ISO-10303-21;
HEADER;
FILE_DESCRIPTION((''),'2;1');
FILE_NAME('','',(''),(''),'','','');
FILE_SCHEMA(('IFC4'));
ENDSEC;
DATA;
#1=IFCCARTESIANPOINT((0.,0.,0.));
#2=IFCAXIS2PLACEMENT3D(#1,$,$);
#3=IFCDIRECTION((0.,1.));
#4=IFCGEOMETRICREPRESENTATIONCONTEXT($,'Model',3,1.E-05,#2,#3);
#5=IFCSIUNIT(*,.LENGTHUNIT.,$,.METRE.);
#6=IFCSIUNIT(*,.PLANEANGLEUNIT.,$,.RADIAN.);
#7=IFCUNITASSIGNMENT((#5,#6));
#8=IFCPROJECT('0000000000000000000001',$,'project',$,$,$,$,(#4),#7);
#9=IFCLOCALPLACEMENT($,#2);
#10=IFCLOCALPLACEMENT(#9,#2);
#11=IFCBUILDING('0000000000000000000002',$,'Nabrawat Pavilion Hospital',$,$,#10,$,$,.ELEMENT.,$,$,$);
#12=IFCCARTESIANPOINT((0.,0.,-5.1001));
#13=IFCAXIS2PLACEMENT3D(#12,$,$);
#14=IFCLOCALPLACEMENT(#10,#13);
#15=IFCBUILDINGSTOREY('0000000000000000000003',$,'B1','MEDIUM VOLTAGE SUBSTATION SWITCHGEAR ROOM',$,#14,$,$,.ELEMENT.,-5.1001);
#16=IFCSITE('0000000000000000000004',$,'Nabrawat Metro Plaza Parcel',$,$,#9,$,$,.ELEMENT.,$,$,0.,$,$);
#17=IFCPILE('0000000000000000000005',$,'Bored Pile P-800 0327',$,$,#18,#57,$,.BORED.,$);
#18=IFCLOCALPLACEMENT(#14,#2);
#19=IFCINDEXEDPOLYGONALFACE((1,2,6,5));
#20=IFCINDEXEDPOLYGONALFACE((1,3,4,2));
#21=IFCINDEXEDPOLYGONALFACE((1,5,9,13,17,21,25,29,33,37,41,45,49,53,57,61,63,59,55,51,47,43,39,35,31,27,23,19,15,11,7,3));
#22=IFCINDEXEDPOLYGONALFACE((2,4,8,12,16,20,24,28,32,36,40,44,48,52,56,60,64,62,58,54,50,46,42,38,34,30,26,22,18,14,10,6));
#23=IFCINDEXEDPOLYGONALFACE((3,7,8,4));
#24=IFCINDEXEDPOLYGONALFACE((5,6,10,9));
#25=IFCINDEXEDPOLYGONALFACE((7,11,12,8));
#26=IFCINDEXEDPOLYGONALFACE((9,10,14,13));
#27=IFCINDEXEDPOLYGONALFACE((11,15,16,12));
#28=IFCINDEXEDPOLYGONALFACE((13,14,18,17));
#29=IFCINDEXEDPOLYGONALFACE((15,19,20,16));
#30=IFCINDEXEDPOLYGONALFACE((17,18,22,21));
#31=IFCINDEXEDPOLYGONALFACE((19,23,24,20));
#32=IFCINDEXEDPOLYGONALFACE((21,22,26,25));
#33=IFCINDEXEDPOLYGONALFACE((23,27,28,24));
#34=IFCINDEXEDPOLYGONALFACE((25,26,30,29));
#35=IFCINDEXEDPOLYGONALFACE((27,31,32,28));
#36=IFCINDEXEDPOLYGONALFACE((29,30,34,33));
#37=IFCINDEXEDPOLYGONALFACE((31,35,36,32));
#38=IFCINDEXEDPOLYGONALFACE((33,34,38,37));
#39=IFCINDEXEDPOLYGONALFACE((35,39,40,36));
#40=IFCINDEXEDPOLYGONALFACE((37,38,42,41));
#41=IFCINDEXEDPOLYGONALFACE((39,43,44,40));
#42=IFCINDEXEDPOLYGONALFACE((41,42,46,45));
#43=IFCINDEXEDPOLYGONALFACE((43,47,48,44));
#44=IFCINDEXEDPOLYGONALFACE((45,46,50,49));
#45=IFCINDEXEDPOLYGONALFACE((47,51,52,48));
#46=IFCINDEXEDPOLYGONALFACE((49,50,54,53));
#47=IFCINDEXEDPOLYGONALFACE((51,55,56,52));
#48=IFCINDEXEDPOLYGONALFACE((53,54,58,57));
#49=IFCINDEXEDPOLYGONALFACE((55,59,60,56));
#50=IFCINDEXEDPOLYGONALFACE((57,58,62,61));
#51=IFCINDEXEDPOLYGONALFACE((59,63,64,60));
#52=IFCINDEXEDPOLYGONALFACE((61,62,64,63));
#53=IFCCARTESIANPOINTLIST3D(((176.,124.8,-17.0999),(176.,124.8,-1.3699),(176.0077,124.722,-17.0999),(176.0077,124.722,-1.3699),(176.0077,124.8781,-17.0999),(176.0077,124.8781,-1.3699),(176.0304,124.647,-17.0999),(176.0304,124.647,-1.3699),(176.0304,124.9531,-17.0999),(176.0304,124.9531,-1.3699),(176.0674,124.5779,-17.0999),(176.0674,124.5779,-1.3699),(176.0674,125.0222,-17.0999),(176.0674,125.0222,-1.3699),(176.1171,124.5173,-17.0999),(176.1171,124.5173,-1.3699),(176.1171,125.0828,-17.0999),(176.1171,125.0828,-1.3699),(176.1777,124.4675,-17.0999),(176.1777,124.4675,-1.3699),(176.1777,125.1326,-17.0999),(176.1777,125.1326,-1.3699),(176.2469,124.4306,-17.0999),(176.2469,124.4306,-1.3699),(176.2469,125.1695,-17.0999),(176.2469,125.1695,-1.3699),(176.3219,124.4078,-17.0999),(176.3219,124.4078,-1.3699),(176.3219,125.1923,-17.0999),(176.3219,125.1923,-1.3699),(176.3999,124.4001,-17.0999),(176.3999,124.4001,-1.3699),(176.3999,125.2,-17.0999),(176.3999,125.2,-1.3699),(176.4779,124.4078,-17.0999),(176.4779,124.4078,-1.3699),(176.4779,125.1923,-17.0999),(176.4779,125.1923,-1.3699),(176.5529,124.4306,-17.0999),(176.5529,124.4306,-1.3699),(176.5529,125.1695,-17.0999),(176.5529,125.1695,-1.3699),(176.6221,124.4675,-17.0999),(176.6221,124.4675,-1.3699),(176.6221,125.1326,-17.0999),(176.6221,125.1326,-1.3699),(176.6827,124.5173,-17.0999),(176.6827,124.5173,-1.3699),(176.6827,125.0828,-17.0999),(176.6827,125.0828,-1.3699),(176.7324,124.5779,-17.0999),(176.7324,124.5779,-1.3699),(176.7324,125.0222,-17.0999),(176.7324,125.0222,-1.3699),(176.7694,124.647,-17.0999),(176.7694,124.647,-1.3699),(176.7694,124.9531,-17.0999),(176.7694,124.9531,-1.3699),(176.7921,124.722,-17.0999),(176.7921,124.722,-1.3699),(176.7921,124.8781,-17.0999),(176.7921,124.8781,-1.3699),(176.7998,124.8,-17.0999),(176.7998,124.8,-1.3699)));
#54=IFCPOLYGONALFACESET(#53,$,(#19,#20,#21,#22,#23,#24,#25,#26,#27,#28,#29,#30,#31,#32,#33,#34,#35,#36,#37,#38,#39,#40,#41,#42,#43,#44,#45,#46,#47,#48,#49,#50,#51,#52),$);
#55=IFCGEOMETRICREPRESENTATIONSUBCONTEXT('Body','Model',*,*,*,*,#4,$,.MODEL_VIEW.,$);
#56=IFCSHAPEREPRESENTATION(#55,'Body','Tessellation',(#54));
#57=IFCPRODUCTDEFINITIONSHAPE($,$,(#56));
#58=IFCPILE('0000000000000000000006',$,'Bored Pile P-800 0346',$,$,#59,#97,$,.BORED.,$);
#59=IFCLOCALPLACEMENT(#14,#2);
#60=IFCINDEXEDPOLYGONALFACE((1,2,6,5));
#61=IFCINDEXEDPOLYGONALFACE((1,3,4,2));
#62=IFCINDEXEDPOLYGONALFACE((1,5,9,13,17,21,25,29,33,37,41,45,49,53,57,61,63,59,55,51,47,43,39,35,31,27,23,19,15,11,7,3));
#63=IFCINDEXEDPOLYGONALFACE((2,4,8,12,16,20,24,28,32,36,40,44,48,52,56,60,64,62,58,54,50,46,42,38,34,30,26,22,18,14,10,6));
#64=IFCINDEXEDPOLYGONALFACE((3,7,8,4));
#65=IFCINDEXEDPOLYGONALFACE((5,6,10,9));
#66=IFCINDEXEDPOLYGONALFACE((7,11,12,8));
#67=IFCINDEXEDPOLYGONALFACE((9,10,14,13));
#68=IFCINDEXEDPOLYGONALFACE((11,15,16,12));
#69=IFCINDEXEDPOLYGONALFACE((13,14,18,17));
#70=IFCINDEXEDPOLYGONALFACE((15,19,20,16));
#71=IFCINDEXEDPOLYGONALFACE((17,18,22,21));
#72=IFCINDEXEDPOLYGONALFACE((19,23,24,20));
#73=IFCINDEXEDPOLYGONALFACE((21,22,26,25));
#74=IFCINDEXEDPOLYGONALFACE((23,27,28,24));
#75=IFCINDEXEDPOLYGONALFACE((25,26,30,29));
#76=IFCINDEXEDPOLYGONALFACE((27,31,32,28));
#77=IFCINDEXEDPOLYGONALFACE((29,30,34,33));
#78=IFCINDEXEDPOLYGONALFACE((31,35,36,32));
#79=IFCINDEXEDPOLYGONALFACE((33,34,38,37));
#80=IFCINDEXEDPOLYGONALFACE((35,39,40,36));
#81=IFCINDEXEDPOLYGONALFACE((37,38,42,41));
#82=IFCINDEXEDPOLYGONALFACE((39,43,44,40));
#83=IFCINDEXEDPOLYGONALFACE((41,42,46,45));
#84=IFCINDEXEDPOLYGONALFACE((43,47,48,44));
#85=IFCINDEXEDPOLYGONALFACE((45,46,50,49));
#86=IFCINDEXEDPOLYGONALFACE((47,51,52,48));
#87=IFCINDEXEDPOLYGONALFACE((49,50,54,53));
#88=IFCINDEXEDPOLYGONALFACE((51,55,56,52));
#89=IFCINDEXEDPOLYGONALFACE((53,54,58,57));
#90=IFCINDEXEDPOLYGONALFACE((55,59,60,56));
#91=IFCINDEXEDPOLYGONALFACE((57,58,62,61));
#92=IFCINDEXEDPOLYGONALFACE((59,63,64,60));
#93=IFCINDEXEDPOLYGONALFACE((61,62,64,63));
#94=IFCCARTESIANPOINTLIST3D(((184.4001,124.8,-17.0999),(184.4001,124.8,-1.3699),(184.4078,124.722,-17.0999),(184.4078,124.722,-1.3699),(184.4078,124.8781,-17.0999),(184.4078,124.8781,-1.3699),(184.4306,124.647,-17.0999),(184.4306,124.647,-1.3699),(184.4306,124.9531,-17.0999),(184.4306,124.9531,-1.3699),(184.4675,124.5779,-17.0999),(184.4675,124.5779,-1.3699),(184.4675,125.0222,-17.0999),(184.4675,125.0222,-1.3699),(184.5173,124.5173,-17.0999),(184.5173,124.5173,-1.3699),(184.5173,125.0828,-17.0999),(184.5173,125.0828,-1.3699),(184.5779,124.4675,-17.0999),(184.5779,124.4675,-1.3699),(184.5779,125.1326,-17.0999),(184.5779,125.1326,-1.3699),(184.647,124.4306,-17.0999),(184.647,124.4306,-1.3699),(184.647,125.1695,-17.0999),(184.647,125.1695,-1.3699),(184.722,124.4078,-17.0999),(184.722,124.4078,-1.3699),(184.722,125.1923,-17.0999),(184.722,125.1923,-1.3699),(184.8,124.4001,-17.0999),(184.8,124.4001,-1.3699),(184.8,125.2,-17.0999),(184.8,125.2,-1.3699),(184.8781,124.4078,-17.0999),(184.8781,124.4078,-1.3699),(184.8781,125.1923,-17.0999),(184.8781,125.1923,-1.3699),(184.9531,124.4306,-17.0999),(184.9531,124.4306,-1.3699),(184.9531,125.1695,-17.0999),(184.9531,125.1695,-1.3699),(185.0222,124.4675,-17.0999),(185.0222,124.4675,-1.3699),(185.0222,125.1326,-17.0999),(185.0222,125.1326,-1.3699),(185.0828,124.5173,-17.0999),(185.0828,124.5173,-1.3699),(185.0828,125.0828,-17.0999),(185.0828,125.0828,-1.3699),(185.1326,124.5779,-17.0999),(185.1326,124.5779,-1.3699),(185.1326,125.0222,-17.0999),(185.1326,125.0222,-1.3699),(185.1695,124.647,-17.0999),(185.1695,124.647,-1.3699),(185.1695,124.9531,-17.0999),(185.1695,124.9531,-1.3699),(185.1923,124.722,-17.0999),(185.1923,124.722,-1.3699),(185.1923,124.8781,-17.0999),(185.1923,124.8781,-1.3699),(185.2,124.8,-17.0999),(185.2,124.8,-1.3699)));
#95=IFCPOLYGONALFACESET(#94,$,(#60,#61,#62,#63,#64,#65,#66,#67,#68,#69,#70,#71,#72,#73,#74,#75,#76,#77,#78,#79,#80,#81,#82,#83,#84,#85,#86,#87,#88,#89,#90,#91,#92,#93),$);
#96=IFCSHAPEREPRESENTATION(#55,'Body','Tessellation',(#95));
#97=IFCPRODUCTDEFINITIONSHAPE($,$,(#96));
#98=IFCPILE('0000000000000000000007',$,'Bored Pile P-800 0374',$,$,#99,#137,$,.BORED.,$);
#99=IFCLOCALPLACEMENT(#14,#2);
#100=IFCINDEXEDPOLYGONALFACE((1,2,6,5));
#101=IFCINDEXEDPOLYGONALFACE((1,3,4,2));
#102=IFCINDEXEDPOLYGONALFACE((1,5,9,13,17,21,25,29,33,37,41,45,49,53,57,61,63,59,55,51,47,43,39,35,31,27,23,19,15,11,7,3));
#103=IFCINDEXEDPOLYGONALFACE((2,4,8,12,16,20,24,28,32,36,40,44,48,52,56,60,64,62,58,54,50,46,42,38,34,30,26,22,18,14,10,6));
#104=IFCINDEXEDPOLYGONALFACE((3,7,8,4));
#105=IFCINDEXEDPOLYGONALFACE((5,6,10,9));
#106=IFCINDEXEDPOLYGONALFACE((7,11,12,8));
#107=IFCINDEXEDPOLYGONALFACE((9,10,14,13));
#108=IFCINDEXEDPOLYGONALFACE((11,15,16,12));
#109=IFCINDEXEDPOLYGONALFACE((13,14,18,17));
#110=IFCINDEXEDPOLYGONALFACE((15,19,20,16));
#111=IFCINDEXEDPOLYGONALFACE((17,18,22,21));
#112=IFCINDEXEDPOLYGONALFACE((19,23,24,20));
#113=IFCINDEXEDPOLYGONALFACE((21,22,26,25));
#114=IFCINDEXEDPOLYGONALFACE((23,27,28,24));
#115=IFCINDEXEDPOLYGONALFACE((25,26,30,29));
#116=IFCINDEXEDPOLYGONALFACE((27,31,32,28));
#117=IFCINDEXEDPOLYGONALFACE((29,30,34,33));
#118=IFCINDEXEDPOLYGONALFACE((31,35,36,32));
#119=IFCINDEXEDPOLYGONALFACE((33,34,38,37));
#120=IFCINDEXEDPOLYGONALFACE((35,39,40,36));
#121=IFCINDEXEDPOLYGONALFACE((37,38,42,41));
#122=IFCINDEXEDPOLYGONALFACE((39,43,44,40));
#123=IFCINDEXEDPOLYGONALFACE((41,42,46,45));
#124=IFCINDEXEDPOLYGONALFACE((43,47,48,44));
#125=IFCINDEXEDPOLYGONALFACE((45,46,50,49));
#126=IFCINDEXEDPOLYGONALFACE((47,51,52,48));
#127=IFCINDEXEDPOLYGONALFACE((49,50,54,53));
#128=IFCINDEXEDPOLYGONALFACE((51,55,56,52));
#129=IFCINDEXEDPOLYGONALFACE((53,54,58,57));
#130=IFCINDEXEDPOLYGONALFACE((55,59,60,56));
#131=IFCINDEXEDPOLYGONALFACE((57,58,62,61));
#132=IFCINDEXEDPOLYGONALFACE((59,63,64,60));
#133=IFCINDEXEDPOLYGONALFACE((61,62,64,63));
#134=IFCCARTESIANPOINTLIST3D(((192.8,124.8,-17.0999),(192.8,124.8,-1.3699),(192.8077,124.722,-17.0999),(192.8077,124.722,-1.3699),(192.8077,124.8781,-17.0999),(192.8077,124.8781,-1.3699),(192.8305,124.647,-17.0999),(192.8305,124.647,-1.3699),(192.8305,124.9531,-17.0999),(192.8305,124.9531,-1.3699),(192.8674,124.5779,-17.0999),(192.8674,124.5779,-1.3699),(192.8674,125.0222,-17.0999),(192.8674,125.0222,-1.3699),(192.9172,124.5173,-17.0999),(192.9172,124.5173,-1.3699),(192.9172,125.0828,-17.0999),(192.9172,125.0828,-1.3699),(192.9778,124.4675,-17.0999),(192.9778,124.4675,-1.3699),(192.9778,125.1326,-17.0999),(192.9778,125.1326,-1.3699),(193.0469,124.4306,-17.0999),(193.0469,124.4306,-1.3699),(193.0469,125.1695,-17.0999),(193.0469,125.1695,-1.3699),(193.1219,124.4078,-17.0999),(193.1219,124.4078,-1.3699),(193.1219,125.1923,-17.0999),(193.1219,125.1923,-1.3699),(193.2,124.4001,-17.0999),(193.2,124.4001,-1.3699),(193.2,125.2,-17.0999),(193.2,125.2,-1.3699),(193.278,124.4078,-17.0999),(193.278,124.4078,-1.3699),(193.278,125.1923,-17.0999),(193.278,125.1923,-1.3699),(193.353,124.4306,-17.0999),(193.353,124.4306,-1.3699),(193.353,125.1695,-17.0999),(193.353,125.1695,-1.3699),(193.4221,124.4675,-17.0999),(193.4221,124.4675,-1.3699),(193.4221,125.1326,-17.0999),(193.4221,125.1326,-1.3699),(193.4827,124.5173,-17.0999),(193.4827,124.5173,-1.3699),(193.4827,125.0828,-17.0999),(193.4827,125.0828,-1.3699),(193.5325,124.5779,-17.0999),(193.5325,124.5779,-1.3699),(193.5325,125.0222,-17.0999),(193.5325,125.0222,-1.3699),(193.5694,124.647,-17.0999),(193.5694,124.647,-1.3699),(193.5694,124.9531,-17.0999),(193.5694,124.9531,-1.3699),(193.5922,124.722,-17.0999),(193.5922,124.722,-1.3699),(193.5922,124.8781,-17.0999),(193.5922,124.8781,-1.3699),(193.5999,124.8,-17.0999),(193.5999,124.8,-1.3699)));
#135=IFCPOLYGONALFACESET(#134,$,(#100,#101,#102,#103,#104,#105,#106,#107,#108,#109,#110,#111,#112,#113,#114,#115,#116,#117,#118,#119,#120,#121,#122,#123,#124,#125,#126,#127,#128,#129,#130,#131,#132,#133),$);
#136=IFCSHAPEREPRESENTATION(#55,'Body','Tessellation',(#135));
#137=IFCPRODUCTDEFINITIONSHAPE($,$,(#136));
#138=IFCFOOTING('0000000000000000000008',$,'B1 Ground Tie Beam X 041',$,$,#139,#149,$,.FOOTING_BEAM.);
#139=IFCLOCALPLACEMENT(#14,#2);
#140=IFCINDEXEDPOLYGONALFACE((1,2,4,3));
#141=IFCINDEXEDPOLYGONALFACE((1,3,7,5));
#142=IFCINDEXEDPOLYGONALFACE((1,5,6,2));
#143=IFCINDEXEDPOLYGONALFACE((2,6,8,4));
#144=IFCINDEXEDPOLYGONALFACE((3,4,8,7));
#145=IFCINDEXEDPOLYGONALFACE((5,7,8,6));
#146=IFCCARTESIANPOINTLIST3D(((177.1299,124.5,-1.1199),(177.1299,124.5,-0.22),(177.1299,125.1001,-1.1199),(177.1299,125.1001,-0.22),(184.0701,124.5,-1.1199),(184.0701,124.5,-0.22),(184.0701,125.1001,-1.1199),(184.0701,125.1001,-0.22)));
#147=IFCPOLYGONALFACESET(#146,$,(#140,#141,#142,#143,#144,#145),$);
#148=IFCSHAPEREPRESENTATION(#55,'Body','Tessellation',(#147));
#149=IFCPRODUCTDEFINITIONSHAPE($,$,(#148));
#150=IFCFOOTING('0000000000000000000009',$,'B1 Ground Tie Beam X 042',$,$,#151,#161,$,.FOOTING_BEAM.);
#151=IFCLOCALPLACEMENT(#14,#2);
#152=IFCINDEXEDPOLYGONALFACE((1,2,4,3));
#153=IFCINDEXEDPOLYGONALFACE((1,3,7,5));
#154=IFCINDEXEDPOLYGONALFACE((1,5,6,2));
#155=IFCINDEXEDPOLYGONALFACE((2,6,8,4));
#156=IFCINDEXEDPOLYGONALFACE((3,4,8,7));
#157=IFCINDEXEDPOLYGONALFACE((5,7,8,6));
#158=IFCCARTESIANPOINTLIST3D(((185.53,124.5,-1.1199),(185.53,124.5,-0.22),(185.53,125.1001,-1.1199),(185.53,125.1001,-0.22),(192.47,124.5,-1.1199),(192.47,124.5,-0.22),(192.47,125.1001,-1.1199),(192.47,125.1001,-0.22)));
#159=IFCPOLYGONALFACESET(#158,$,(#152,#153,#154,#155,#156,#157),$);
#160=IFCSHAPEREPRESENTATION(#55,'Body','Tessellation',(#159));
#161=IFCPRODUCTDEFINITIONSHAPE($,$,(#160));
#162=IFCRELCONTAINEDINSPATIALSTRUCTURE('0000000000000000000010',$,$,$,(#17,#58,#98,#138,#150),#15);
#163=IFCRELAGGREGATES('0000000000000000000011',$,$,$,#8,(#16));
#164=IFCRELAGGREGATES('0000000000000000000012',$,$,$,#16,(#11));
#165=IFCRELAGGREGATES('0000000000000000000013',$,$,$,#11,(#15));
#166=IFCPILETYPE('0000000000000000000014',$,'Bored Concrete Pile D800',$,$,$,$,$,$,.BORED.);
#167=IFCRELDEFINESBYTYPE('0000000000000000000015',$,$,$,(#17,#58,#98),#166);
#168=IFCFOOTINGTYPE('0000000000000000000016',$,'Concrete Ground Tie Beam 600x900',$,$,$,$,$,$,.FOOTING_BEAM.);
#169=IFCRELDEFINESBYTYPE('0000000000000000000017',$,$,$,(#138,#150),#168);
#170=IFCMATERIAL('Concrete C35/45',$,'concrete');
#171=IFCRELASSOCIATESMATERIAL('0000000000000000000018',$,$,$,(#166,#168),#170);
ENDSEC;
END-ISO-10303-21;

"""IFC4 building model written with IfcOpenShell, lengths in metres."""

from ifc_helpers import new_model, si_unit, direction, frame, origin, origin_2d, place, context, subcontext, project, spatial, rectangle, circle, extrude, material, material_profile, profile_set, type_object, element, save


model = new_model("IFC4")

# Units and contexts
model_context = context("Model", 3, precision=1e-05, world=origin(), true_north=direction((0.0, 1.0)))
body_context = subcontext(model_context, "Body", "Model", "MODEL_VIEW")
ifc_project = project(units=[si_unit("LENGTHUNIT", "METRE"), si_unit("PLANEANGLEUNIT", "RADIAN")], contexts=[model_context])

# Site, building, storey
site_placement = place(None, origin())
site = spatial("IfcSite", under=ifc_project, at=site_placement, Name="Nabrawat Metro Plaza Parcel", CompositionType="ELEMENT", RefElevation=0.0)
building_placement = place(site_placement, origin())
building = spatial("IfcBuilding", under=site, at=building_placement, Name="Nabrawat Pavilion Hospital", CompositionType="ELEMENT")
storey_placement = place(building_placement, frame((0.0, 0.0, -5.1001)))
storey = spatial("IfcBuildingStorey", under=building, at=storey_placement, Name="B1", Description="MEDIUM VOLTAGE SUBSTATION SWITCHGEAR ROOM", CompositionType="ELEMENT", Elevation=-5.1001)

# Piles
ifc_material_1 = material(Name="Concrete C35/45", Category="concrete")
ifc_material_profile_1 = material_profile(ifc_material_1, circle(Radius=0.3999, at=origin_2d()), Name="DIA 800")
ifc_profile_set_1 = profile_set([ifc_material_profile_1], Name="Concrete C35/45")
pile_type_1 = type_object("IfcPileType", Name="Bored Concrete Pile D800", PredefinedType="BORED", material=ifc_profile_set_1)
for number, where, z_axis, x_axis, name in (
    (1, (176.3999, 124.8, -1.3699), (0.0, 0.0, -1.0), (1.0, 0.0, 0.0), "Bored Pile P-800 0327"),
    (2, (184.8, 124.8, -1.3699), (0.0, 0.0, -1.0), (1.0, 0.0, 0.0), "Bored Pile P-800 0346"),
    (3, (193.2, 124.8, -1.3699), (0.0, 0.0, -1.0), (1.0, 0.0, 0.0), "Bored Pile P-800 0374"),
):
    element("IfcPile", number, at=place(storey_placement, frame(where, z_axis=z_axis, x_axis=x_axis)), inside=storey, type_object=pile_type_1, Name=name, PredefinedType="BORED", context=body_context, shape_type="SweptSolid", body=[
        extrude(circle(Radius=0.3999, at=origin_2d()), origin(), (0.0, 0.0, 1.0), 15.73),
    ])

# Footings
ifc_material_profile_2 = material_profile(ifc_material_1, rectangle(XDim=0.6001, YDim=0.8999, at=origin_2d()), Name="RC 600x900")
ifc_profile_set_2 = profile_set([ifc_material_profile_2], Name="Concrete C35/45")
footing_type = type_object("IfcFootingType", Name="Concrete Ground Tie Beam 600x900", PredefinedType="FOOTING_BEAM", material=ifc_profile_set_2)
footing_1_placement = place(storey_placement, frame((177.1299, 124.8, -0.6699), z_axis=(1.0, 0.0, 0.0), x_axis=(0.0, 1.0, 0.0)))
element("IfcFooting", 4, at=footing_1_placement, inside=storey, type_object=footing_type, Name="B1 Ground Tie Beam X 041", PredefinedType="FOOTING_BEAM", context=body_context, shape_type="SweptSolid", body=[
    extrude(rectangle(XDim=0.6001, YDim=0.8999, at=origin_2d()), origin(), (0.0, 0.0, 1.0), 6.9402),
])
footing_2_placement = place(storey_placement, frame((185.53, 124.8, -0.6699), z_axis=(1.0, 0.0, 0.0), x_axis=(0.0, 1.0, 0.0)))
element("IfcFooting", 5, at=footing_2_placement, inside=storey, type_object=footing_type, Name="B1 Ground Tie Beam X 042", PredefinedType="FOOTING_BEAM", context=body_context, shape_type="SweptSolid", body=[
    extrude(rectangle(XDim=0.6001, YDim=0.8999, at=origin_2d()), origin(), (0.0, 0.0, 1.0), 6.9399),
])

save(model, "model.ifc")
